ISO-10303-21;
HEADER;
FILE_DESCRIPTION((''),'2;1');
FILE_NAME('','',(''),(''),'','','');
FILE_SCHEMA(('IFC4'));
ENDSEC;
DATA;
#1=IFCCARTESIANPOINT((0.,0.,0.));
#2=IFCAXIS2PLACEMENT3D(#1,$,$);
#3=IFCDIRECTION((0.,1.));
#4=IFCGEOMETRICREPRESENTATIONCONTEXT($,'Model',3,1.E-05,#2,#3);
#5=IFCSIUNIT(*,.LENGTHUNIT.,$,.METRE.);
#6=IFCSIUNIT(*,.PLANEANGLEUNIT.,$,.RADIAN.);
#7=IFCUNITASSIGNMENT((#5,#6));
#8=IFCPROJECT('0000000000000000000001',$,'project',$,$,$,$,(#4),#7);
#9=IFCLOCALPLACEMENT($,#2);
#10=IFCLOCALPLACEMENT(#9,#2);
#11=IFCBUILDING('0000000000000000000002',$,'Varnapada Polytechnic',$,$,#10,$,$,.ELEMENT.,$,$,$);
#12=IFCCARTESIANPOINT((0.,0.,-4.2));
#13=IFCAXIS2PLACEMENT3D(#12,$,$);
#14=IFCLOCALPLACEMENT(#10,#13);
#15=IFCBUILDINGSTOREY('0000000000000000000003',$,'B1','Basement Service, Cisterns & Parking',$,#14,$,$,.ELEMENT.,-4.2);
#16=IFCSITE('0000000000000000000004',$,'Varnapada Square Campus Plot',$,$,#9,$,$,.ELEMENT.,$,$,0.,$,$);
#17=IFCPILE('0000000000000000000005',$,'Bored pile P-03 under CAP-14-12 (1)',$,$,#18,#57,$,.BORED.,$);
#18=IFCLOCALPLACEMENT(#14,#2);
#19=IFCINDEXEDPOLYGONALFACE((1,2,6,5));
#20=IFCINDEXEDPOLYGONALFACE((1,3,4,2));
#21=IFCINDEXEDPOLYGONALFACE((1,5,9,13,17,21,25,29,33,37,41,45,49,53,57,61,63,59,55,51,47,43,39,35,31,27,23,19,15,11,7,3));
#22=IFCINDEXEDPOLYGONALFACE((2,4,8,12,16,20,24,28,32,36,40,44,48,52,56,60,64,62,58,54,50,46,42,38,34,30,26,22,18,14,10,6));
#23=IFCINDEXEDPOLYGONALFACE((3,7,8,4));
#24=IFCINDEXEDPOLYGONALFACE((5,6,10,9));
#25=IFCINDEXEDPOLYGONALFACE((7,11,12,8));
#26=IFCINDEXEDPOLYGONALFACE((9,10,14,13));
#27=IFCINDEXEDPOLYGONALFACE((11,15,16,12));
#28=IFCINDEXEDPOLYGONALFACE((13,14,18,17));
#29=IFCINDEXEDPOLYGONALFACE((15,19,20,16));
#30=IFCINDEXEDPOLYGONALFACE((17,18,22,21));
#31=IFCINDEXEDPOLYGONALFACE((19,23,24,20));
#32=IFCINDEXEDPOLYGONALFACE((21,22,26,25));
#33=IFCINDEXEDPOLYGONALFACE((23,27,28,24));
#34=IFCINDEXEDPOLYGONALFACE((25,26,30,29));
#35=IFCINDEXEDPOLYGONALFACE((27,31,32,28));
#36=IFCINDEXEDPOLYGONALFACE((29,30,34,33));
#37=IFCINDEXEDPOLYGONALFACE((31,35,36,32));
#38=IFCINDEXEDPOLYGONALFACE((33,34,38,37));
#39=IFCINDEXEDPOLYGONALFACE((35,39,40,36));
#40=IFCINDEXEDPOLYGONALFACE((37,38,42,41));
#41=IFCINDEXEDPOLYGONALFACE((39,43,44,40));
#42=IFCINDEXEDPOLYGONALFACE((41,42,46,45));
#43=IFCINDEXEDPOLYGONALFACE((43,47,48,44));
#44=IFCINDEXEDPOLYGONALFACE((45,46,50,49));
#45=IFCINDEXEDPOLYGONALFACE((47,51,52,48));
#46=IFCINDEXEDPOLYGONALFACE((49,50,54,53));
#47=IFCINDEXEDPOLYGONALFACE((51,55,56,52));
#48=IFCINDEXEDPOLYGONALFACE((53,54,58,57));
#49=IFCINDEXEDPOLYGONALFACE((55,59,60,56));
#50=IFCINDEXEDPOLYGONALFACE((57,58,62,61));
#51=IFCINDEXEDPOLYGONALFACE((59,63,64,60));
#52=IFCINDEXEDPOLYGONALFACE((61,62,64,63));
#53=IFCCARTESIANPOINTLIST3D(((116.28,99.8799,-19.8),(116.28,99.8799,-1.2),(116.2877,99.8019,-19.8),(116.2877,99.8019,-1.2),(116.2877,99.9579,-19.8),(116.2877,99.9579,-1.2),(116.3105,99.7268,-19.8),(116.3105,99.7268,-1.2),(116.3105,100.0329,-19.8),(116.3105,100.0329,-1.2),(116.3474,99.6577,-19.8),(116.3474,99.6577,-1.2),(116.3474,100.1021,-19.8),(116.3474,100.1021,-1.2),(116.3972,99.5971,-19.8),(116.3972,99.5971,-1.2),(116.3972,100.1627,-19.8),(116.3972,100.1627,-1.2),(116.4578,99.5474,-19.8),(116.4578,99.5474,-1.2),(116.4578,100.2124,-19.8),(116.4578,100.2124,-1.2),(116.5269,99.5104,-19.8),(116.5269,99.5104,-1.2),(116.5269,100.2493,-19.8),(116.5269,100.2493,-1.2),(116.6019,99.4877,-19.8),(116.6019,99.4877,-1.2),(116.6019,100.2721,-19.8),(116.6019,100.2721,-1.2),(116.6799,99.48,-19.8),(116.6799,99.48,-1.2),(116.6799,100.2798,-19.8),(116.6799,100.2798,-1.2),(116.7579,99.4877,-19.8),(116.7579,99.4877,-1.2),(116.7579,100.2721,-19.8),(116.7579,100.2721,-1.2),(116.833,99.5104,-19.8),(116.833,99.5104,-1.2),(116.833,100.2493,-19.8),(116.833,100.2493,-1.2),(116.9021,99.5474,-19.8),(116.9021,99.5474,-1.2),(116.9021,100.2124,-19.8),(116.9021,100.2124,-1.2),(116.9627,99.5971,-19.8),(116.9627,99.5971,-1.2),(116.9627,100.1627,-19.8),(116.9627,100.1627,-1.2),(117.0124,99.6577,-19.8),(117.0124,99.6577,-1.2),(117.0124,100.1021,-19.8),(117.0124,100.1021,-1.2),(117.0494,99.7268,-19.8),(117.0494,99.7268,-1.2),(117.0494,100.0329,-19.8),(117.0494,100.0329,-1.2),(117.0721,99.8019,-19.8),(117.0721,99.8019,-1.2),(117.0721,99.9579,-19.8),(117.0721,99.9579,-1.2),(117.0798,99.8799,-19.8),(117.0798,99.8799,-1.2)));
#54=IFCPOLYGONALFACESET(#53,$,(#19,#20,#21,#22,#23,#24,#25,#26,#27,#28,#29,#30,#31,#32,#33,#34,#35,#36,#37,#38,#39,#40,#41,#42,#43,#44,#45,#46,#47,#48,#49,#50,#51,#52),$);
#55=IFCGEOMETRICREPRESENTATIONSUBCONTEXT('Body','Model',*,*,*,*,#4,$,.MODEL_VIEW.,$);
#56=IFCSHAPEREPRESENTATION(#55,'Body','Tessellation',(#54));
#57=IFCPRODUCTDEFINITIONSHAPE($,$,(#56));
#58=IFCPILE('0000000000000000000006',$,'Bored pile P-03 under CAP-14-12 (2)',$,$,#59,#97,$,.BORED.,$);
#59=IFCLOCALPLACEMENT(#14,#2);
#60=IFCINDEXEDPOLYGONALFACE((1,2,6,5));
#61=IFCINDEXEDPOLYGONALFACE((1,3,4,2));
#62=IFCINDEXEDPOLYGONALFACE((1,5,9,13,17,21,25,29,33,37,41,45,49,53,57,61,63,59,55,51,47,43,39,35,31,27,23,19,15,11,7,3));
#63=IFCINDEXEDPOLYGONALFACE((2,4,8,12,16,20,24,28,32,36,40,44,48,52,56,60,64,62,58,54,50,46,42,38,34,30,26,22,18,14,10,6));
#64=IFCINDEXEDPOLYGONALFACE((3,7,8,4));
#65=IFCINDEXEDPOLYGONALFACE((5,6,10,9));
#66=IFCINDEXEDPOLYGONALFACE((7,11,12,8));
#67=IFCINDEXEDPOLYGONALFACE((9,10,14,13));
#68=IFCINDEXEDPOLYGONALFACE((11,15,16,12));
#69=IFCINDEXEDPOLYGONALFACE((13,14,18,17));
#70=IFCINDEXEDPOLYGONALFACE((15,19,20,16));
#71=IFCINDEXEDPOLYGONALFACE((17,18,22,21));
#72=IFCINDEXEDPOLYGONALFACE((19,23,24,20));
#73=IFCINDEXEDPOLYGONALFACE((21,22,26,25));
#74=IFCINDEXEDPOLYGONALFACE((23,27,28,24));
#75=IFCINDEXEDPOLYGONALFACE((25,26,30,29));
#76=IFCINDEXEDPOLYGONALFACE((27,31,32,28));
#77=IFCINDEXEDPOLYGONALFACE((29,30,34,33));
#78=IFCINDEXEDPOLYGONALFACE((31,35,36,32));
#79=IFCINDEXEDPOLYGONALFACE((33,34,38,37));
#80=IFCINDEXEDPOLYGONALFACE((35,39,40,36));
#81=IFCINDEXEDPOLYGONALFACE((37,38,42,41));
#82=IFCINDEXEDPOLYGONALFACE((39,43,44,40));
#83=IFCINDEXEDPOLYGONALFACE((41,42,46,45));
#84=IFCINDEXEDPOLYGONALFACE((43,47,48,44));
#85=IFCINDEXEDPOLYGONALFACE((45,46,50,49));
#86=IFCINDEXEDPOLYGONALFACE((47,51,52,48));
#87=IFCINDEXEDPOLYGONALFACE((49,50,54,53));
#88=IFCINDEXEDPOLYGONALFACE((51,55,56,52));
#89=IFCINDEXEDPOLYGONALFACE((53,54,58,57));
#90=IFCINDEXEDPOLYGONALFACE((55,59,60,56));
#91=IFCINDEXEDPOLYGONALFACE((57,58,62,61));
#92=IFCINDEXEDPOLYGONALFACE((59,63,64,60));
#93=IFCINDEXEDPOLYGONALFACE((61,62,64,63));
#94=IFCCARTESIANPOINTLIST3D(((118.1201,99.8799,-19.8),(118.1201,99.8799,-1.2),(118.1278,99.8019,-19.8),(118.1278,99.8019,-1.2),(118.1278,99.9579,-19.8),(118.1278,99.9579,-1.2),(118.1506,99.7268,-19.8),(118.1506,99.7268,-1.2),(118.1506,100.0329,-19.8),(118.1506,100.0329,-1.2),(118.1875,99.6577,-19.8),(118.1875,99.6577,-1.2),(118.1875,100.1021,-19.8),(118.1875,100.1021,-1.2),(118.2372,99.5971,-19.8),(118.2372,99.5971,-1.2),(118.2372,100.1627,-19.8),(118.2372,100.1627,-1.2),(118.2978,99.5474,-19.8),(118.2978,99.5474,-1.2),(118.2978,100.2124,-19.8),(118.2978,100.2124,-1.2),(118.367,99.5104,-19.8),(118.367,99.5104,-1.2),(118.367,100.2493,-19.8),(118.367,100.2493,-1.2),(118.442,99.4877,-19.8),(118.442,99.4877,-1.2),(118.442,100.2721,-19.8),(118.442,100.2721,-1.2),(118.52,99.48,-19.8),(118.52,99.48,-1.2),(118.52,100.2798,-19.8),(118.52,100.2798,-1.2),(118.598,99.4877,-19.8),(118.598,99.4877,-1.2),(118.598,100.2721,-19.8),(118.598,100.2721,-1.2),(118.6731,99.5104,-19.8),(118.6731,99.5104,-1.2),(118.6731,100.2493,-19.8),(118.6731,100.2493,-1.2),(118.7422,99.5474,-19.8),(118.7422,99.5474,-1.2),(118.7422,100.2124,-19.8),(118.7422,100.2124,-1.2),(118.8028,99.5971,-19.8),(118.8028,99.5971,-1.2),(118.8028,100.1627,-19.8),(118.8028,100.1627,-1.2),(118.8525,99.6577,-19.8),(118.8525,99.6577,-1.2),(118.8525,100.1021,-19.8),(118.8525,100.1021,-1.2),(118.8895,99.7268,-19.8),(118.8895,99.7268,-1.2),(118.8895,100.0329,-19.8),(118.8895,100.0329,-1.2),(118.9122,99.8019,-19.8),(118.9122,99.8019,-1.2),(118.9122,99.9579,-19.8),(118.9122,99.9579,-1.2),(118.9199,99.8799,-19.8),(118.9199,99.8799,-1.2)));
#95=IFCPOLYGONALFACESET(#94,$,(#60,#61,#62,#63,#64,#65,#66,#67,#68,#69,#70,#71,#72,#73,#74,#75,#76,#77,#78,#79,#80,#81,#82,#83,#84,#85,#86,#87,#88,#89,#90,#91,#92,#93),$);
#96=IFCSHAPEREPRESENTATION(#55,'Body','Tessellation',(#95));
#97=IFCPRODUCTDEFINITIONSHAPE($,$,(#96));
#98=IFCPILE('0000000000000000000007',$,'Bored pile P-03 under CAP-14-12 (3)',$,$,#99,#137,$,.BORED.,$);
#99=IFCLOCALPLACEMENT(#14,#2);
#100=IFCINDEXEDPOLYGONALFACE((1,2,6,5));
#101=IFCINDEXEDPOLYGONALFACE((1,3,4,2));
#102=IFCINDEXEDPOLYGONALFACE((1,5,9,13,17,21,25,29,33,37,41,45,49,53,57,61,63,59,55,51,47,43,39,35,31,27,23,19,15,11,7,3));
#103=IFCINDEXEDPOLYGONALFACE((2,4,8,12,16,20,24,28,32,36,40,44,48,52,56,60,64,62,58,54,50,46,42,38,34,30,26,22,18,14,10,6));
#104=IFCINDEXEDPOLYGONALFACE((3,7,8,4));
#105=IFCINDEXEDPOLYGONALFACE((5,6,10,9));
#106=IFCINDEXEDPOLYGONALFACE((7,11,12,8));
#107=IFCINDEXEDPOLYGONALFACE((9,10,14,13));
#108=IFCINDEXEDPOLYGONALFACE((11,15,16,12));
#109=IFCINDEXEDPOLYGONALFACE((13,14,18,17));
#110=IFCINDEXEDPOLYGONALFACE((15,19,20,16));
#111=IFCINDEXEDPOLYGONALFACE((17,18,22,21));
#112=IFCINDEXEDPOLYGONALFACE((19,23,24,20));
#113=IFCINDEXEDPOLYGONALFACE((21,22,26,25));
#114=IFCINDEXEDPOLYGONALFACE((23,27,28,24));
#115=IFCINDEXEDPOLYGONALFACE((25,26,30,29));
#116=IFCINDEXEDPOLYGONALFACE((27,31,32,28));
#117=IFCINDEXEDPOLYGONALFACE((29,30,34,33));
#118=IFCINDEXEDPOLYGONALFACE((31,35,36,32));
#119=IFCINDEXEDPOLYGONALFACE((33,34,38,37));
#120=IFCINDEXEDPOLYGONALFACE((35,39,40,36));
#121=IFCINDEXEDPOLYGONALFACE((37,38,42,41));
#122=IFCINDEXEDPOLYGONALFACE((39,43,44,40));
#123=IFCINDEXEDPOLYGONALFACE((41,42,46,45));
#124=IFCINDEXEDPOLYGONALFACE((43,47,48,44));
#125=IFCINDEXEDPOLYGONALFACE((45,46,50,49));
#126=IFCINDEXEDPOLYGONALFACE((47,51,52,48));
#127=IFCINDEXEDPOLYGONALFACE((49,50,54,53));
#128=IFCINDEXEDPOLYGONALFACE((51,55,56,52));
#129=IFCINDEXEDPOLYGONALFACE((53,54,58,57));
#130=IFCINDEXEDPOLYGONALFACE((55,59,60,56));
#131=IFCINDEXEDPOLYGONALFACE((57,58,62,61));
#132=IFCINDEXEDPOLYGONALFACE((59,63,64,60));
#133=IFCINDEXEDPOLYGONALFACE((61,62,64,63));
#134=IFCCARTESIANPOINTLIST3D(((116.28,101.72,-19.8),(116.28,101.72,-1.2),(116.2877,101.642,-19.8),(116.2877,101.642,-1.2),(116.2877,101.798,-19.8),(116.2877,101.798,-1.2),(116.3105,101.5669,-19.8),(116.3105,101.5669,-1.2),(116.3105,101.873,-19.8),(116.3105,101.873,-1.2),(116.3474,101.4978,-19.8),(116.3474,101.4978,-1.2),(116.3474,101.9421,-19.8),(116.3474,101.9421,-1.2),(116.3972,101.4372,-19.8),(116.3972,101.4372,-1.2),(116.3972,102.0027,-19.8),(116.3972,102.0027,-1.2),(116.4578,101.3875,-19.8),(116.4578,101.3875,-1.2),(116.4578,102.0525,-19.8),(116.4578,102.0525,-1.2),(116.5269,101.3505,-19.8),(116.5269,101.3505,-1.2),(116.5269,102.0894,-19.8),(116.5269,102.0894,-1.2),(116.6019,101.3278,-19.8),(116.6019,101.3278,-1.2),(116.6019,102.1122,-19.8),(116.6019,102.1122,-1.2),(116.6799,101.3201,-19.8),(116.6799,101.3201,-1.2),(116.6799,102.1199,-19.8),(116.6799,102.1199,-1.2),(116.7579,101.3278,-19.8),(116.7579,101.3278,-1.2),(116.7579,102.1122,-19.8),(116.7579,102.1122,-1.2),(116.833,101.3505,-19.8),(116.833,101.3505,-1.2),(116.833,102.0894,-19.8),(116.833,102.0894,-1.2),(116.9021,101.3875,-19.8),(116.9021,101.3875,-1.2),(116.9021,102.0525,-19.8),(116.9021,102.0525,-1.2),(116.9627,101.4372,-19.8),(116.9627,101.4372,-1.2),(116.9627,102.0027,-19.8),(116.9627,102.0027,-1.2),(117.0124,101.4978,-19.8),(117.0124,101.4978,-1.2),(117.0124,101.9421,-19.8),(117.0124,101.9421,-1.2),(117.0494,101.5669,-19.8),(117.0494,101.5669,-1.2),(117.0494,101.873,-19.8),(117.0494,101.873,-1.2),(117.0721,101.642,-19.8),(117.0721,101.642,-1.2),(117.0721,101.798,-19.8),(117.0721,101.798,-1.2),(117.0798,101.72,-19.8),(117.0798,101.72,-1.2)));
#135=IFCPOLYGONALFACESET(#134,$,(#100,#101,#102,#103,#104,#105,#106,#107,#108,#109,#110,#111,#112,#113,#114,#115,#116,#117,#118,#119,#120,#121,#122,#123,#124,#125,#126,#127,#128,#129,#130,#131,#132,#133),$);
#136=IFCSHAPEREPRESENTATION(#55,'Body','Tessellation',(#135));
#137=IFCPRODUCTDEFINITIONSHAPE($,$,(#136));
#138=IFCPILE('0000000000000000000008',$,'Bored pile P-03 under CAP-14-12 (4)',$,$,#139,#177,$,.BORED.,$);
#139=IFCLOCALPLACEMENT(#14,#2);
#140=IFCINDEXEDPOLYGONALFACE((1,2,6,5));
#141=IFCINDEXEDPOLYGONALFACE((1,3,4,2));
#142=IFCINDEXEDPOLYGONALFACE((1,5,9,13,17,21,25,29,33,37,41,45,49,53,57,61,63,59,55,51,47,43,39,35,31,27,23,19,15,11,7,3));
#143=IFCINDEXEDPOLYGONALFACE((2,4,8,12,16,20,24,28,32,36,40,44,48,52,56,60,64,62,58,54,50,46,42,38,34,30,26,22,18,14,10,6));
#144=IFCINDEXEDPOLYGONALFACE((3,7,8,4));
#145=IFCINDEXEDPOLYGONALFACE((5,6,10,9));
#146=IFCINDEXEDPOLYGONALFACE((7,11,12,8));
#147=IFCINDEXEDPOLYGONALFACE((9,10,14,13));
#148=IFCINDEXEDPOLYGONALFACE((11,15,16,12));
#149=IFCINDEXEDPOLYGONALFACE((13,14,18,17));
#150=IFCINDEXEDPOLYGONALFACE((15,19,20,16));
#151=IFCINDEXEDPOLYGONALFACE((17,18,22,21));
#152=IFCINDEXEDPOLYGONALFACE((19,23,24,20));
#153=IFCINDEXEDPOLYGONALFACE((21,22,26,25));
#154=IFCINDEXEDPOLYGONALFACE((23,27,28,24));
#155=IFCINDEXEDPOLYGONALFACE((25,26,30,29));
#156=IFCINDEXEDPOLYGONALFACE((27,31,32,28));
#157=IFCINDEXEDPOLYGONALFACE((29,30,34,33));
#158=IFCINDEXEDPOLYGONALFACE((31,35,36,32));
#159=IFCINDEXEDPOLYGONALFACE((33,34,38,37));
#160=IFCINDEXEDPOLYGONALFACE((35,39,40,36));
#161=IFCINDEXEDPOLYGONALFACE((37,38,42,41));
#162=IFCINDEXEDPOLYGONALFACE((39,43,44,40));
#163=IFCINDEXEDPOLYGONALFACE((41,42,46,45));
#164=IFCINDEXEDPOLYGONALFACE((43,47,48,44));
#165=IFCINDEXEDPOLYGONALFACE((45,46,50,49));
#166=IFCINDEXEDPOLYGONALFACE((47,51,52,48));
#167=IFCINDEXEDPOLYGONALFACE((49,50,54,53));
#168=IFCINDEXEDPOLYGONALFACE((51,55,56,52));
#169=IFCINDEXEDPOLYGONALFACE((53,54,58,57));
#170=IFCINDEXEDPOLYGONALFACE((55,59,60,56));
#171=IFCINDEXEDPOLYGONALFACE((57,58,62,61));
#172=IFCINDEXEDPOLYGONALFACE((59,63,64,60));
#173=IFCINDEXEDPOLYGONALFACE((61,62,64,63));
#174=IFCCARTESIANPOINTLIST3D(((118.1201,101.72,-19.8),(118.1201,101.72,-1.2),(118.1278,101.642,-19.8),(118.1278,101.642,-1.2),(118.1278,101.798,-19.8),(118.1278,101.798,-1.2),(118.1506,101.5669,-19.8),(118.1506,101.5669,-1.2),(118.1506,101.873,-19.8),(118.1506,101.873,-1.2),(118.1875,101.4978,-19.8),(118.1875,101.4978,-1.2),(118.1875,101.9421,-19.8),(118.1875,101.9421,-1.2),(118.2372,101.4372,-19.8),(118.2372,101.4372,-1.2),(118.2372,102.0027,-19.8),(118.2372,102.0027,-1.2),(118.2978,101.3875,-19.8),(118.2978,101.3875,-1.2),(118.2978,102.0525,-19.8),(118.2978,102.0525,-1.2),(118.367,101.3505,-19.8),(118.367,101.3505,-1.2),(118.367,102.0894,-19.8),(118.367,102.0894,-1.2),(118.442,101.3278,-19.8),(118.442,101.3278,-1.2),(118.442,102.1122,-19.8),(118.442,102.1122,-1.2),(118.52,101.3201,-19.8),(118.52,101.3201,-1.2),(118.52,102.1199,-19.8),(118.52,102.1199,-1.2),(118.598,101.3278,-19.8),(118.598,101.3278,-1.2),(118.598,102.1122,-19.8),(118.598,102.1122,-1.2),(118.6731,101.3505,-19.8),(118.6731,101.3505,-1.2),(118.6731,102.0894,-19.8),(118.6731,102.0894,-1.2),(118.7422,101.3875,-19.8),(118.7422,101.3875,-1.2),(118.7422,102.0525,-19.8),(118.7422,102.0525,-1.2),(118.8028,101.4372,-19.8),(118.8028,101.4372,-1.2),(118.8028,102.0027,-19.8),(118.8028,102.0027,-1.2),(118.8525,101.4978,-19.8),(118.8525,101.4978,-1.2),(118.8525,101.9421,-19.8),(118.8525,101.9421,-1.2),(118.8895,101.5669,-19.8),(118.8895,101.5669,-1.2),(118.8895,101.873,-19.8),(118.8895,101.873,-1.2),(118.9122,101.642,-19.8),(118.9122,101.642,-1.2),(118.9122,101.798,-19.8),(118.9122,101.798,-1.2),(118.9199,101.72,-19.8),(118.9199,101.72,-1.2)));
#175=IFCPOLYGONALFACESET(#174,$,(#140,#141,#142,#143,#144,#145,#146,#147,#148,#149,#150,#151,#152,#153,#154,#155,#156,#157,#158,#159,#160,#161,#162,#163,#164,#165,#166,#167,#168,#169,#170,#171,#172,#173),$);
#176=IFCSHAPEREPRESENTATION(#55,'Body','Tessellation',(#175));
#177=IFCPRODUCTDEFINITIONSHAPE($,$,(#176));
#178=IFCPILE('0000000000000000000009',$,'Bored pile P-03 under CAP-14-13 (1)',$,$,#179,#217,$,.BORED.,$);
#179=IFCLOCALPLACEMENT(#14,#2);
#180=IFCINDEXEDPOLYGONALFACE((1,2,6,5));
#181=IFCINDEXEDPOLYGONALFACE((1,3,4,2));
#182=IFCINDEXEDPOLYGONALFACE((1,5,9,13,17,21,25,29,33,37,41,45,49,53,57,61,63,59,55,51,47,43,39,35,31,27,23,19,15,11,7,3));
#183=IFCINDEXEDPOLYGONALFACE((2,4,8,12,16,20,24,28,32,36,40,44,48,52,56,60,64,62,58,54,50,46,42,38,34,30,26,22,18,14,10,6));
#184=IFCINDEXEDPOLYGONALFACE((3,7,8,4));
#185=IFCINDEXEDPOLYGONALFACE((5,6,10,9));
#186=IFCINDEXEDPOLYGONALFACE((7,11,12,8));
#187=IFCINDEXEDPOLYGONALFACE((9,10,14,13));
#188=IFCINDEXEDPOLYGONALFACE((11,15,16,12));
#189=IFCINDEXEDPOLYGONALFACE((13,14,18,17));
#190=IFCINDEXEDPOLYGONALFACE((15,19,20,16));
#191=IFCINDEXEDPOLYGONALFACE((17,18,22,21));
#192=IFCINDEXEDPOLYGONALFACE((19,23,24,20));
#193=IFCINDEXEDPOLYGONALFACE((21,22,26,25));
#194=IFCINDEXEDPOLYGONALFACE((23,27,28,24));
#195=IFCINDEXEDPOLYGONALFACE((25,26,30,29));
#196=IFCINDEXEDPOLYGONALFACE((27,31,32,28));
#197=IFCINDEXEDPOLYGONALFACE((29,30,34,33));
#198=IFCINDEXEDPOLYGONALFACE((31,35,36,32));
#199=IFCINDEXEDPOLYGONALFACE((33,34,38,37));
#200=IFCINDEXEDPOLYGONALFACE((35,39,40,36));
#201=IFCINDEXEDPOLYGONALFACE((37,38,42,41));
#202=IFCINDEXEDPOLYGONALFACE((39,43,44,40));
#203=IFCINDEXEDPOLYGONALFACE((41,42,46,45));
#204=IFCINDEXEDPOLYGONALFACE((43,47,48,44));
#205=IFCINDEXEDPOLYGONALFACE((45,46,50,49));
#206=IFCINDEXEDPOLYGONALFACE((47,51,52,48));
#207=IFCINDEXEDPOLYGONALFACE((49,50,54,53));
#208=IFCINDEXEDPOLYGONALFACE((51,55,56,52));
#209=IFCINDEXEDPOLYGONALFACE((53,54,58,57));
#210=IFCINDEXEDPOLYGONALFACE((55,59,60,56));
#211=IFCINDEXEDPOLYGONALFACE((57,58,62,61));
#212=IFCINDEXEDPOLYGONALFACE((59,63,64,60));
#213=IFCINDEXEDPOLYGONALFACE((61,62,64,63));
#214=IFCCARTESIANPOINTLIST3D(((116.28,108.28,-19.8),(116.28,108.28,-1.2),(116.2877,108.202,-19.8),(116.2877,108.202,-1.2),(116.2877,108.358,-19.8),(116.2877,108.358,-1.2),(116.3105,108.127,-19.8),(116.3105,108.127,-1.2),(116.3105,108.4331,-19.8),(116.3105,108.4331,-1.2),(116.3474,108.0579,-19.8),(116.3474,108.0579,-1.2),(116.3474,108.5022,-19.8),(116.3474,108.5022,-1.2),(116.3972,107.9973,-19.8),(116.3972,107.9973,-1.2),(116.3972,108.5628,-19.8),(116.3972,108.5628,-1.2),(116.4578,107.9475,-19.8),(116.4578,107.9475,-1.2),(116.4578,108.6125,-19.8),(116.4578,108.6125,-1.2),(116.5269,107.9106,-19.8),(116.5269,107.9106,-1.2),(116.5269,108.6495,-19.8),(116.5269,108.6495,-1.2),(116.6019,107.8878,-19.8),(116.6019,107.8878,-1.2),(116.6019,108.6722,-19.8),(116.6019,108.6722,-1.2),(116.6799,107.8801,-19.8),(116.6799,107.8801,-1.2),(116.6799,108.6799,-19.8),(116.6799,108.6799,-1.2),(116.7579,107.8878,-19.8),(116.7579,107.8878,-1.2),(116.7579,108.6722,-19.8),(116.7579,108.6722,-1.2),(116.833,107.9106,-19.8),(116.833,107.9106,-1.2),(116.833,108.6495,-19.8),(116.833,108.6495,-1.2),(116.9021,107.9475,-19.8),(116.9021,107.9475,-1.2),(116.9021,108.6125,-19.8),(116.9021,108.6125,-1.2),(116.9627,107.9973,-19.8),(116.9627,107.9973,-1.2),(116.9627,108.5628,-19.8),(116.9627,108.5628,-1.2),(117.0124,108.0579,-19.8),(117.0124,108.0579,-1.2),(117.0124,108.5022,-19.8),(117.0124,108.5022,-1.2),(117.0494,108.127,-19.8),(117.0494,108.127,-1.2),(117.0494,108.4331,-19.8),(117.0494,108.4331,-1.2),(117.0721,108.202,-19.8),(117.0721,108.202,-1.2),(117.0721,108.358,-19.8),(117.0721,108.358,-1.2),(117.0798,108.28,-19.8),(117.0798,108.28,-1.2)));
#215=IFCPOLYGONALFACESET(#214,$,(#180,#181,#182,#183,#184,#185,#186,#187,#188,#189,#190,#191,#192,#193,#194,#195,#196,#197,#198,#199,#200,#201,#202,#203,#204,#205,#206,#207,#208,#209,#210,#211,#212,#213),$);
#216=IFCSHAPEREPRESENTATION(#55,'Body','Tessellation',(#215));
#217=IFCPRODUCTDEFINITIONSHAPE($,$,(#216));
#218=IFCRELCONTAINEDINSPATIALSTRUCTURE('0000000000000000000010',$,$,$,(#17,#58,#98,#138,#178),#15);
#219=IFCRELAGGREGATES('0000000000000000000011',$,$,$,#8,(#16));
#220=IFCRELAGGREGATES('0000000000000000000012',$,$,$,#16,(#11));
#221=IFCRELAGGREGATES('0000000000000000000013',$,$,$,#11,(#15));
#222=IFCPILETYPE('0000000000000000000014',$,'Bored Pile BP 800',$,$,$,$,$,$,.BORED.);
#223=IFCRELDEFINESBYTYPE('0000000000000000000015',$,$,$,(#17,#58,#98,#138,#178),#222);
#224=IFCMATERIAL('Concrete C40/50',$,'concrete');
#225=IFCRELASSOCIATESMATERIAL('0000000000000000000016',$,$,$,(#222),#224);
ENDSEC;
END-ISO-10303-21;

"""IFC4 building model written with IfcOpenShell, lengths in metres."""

from ifc_helpers import new_model, si_unit, direction, frame, origin, origin_2d, place, context, subcontext, project, spatial, circle, extrude, material, material_profile, profile_set, type_object, element, save


model = new_model("IFC4")

# Units and contexts
model_context = context("Model", 3, precision=1e-05, world=origin(), true_north=direction((0.0, 1.0)))
body_context = subcontext(model_context, "Body", "Model", "MODEL_VIEW")
ifc_project = project(units=[si_unit("LENGTHUNIT", "METRE"), si_unit("PLANEANGLEUNIT", "RADIAN")], contexts=[model_context])

# Site, building, storey
site_placement = place(None, origin())
site = spatial("IfcSite", under=ifc_project, at=site_placement, Name="Varnapada Square Campus Plot", CompositionType="ELEMENT", RefElevation=0.0)
building_placement = place(site_placement, origin())
building = spatial("IfcBuilding", under=site, at=building_placement, Name="Varnapada Polytechnic", CompositionType="ELEMENT")
storey_placement = place(building_placement, frame((0.0, 0.0, -4.2)))
storey = spatial("IfcBuildingStorey", under=building, at=storey_placement, Name="B1", Description="Basement Service, Cisterns & Parking", CompositionType="ELEMENT", Elevation=-4.2)

# Piles
ifc_material_1 = material(Name="Concrete C40/50", Category="concrete")
ifc_material_profile_1 = material_profile(ifc_material_1, circle(Radius=0.3999, at=origin_2d()), Name="BP 800")
ifc_profile_set_1 = profile_set([ifc_material_profile_1], Name="Concrete C40/50")
pile_type_1 = type_object("IfcPileType", Name="Bored Pile BP 800", PredefinedType="BORED", material=ifc_profile_set_1)
for number, where, z_axis, x_axis, name in (
    (1, (116.6799, 99.8799, -1.2), (0.0, 0.0, -1.0), (1.0, 0.0, 0.0), "Bored pile P-03 under CAP-14-12 (1)"),
    (2, (118.52, 99.8799, -1.2), (0.0, 0.0, -1.0), (1.0, 0.0, 0.0), "Bored pile P-03 under CAP-14-12 (2)"),
    (3, (116.6799, 101.72, -1.2), (0.0, 0.0, -1.0), (1.0, 0.0, 0.0), "Bored pile P-03 under CAP-14-12 (3)"),
    (4, (118.52, 101.72, -1.2), (0.0, 0.0, -1.0), (1.0, 0.0, 0.0), "Bored pile P-03 under CAP-14-12 (4)"),
    (5, (116.6799, 108.28, -1.2), (0.0, 0.0, -1.0), (1.0, 0.0, 0.0), "Bored pile P-03 under CAP-14-13 (1)"),
):
    element("IfcPile", number, at=place(storey_placement, frame(where, z_axis=z_axis, x_axis=x_axis)), inside=storey, type_object=pile_type_1, Name=name, PredefinedType="BORED", context=body_context, shape_type="SweptSolid", body=[
        extrude(circle(Radius=0.3999, at=origin_2d()), origin(), (0.0, 0.0, 1.0), 18.6001),
    ])

save(model, "model.ifc")
